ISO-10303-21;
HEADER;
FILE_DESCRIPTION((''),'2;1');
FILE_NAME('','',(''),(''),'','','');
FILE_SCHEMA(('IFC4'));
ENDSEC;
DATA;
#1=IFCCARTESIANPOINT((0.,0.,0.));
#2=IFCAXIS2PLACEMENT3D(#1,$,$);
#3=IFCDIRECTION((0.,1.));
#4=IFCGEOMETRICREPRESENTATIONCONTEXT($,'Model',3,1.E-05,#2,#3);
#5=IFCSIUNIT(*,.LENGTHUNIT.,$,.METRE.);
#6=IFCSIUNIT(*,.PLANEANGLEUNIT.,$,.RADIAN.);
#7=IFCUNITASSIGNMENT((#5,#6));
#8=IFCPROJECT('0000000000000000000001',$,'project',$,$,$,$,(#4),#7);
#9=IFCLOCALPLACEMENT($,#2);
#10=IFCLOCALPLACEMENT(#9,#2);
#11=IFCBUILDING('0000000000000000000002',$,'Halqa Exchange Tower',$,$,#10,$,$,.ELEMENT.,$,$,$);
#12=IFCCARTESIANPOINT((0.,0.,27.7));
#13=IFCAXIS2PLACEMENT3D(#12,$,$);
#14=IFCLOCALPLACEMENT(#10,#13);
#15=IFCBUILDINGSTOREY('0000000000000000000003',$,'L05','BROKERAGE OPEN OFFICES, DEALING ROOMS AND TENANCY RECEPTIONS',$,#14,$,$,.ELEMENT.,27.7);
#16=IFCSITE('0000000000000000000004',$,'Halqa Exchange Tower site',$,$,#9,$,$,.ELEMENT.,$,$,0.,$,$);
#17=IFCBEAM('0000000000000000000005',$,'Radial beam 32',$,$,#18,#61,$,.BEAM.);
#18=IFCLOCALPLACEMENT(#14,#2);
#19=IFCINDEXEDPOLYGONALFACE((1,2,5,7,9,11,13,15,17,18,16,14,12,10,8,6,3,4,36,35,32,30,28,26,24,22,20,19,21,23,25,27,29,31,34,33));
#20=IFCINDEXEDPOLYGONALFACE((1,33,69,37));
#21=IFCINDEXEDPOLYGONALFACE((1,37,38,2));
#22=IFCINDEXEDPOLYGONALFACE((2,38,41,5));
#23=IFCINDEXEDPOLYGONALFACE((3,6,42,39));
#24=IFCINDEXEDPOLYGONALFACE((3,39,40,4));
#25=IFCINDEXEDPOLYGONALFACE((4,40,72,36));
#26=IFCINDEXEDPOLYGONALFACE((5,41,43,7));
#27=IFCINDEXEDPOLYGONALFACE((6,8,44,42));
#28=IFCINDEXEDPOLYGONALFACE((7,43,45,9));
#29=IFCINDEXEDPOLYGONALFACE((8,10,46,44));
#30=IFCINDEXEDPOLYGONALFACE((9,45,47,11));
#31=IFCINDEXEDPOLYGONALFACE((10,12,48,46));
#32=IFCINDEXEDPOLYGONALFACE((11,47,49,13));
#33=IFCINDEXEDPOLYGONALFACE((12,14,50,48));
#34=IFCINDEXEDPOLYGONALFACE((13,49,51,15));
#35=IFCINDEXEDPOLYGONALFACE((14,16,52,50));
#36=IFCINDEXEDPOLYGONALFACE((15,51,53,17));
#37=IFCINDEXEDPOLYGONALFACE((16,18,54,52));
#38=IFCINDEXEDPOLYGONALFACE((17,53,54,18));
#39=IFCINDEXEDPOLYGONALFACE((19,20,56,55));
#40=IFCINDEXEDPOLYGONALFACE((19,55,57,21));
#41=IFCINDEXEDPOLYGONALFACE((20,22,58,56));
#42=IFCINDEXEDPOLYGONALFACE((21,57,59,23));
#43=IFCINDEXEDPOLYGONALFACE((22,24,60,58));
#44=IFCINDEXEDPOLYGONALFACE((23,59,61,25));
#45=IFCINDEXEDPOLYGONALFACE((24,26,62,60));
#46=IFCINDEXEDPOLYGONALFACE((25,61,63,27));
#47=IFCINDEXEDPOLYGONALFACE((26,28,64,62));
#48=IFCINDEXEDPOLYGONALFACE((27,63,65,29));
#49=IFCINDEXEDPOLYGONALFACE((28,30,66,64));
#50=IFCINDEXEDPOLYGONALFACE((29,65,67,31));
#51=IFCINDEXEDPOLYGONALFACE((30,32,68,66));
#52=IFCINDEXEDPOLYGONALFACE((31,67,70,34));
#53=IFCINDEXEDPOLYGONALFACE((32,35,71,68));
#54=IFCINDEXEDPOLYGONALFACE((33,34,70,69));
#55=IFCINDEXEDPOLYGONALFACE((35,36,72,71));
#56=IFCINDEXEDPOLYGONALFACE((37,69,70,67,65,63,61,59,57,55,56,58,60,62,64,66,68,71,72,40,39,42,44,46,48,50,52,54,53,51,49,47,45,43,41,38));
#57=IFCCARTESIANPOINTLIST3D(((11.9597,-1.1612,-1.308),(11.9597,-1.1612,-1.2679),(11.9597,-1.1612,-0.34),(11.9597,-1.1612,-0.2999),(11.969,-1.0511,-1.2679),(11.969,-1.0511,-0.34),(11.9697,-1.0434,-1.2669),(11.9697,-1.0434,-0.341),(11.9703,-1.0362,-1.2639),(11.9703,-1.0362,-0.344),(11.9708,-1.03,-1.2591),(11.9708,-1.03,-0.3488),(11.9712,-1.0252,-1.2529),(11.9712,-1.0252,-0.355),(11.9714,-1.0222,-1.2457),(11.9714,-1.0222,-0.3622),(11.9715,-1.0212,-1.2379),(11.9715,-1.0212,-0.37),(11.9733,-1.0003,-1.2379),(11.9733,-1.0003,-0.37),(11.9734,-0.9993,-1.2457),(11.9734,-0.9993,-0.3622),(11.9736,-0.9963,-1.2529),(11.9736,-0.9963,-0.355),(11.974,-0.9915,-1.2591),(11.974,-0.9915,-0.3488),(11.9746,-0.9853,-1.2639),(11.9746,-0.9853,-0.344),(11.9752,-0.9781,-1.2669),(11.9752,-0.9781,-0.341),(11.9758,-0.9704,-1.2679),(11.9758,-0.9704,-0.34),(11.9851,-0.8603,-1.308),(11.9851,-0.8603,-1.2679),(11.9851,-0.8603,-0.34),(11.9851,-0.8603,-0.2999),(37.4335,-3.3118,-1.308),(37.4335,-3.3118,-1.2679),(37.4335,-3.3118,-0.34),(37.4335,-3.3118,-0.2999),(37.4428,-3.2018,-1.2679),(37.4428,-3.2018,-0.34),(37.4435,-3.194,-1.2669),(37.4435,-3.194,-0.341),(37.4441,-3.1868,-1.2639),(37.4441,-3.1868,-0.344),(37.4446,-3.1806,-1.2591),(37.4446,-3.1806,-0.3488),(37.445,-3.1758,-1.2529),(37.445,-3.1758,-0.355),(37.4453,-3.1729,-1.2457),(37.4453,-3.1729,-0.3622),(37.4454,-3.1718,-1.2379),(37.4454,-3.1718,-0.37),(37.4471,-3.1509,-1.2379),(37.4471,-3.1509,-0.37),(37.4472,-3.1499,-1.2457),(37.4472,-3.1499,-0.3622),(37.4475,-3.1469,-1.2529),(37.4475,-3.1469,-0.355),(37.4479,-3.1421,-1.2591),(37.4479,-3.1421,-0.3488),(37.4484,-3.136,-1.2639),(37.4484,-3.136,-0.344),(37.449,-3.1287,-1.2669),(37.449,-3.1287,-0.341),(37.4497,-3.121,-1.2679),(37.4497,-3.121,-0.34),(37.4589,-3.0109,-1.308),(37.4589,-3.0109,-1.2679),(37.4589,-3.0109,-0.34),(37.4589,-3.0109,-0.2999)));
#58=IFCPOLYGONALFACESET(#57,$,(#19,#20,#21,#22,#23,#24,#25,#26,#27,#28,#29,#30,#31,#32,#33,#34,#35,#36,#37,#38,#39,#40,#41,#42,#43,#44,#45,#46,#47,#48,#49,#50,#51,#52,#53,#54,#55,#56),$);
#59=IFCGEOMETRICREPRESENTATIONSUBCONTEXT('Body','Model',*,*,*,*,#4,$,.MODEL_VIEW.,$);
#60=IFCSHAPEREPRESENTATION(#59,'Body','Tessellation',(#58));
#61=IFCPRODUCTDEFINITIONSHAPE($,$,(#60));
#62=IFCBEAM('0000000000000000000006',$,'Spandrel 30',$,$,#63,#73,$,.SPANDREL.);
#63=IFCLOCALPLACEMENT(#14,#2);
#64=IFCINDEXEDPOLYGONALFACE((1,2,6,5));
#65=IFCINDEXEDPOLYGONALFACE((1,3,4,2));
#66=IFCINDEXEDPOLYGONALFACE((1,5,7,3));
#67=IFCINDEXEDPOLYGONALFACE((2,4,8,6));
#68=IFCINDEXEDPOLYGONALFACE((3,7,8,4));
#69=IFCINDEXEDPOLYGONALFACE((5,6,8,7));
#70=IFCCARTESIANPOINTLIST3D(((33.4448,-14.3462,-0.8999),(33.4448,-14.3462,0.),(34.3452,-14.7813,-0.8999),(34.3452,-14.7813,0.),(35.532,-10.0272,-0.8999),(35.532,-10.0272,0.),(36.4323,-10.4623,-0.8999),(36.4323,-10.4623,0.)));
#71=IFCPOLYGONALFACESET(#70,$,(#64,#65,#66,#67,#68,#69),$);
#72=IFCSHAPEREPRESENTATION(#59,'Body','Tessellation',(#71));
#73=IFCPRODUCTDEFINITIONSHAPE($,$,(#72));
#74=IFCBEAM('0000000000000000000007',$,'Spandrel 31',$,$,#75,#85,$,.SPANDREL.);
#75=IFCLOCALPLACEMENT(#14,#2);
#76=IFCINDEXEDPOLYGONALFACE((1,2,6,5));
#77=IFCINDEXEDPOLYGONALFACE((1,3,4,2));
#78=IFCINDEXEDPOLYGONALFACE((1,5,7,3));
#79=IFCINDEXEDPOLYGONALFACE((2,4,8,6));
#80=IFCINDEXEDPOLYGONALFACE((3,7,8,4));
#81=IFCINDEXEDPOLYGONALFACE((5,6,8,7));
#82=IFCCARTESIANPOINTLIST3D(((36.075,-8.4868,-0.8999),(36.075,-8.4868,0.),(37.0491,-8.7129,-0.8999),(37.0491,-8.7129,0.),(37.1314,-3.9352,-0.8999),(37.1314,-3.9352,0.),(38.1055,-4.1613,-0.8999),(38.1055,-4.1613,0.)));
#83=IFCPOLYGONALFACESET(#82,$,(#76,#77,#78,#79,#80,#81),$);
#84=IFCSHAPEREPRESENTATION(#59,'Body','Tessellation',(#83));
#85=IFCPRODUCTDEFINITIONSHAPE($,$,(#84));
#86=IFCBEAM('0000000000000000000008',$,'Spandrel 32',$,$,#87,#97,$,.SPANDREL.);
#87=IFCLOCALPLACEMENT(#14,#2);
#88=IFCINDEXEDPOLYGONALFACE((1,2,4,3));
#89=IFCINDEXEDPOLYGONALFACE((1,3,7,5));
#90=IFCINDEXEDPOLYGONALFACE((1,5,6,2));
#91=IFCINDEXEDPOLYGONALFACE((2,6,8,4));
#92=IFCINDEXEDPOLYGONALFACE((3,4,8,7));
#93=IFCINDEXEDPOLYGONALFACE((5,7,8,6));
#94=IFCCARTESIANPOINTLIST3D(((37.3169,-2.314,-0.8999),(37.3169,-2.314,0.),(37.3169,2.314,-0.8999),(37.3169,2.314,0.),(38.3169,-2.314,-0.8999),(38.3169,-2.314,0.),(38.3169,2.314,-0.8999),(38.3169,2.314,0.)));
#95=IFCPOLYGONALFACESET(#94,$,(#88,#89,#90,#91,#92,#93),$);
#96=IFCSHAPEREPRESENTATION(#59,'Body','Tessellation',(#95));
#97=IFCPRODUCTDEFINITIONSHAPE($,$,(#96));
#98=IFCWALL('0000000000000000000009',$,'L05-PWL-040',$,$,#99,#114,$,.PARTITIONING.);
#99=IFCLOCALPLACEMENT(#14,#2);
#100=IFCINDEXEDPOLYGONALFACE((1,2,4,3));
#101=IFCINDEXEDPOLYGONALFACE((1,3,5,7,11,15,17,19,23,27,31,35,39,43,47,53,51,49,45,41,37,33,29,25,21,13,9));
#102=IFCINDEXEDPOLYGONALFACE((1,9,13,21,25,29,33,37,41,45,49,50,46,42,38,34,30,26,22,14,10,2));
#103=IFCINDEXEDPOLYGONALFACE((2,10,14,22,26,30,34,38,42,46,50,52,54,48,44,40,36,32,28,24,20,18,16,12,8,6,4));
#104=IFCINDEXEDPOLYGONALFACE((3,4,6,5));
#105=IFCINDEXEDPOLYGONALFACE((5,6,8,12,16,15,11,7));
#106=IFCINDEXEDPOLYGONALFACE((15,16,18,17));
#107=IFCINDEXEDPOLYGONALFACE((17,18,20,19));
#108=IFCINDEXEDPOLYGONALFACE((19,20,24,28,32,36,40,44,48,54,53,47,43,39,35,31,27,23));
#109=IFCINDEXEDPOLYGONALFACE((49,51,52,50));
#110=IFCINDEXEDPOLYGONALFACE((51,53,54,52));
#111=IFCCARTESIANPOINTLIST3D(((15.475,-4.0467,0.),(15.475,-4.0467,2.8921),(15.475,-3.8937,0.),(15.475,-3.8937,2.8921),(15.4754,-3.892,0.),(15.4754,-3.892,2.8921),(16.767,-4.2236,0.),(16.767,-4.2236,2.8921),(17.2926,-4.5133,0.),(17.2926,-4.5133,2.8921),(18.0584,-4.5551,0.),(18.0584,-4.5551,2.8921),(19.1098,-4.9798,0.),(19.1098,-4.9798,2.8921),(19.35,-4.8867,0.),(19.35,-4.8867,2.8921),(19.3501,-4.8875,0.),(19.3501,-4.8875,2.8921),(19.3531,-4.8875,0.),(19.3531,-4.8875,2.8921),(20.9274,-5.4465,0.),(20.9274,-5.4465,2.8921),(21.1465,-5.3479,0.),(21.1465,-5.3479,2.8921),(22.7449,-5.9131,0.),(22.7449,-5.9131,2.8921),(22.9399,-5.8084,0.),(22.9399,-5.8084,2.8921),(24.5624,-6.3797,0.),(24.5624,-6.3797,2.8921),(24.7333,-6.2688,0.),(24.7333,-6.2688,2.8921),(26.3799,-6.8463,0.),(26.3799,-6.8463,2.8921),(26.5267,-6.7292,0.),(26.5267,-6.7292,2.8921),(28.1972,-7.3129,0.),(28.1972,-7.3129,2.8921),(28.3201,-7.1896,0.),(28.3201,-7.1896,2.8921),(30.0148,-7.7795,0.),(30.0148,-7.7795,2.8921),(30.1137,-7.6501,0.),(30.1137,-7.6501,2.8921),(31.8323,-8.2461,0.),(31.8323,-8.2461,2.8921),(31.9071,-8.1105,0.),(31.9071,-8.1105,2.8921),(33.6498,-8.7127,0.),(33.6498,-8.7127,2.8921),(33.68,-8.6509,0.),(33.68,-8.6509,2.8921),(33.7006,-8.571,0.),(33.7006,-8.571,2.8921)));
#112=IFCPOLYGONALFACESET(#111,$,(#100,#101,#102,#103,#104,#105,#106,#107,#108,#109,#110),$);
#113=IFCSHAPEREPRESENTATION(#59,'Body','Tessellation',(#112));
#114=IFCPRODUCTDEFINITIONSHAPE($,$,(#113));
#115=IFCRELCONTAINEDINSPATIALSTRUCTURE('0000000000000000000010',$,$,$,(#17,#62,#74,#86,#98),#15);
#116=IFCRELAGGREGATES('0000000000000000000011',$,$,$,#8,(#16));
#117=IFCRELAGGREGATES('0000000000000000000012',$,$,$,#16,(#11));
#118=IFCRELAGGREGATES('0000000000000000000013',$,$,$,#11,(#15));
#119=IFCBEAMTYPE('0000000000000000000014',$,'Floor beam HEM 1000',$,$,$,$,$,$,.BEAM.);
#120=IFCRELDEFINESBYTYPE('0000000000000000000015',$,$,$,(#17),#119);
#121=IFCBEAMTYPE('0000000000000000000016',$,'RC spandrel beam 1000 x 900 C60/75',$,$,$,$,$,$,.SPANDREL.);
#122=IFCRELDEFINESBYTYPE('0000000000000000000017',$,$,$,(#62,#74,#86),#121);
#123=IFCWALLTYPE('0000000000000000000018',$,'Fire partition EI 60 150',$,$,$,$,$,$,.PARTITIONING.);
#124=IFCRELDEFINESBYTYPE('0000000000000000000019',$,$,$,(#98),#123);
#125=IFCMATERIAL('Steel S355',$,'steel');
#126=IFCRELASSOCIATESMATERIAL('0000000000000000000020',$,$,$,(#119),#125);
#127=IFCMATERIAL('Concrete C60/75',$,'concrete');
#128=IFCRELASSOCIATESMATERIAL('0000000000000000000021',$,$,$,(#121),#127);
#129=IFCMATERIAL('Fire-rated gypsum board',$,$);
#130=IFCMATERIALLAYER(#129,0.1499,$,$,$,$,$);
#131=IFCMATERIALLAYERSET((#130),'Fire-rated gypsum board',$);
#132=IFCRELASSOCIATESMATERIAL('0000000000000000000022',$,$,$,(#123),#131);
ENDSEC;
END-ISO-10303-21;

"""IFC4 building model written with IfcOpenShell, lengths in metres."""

from ifc_helpers import new_model, si_unit, direction, frame, origin, origin_2d, place, context, subcontext, project, spatial, polyline, rectangle, i_section, outline, extrude, material, layer, layer_set, material_profile, profile_set, type_object, element, save


model = new_model("IFC4")

# Units and contexts
model_context = context("Model", 3, precision=1e-05, world=origin(), true_north=direction((0.0, 1.0)))
body_context = subcontext(model_context, "Body", "Model", "MODEL_VIEW")
ifc_project = project(units=[si_unit("LENGTHUNIT", "METRE"), si_unit("PLANEANGLEUNIT", "RADIAN")], contexts=[model_context])

# Site, building, storey
site_placement = place(None, origin())
site = spatial("IfcSite", under=ifc_project, at=site_placement, Name="Halqa Exchange Tower site", CompositionType="ELEMENT", RefElevation=0.0)
building_placement = place(site_placement, origin())
building = spatial("IfcBuilding", under=site, at=building_placement, Name="Halqa Exchange Tower", CompositionType="ELEMENT")
storey_placement = place(building_placement, frame((0.0, 0.0, 27.7)))
storey = spatial("IfcBuildingStorey", under=building, at=storey_placement, Name="L05", Description="BROKERAGE OPEN OFFICES, DEALING ROOMS AND TENANCY RECEPTIONS", CompositionType="ELEMENT", Elevation=27.7)

# Beams
ifc_material_1 = material(Name="Steel S355", Category="steel")
ifc_material_profile_1 = material_profile(ifc_material_1, i_section(OverallWidth=0.302, OverallDepth=1.0081, WebThickness=0.021, FlangeThickness=0.04, FilletRadius=0.03, at=origin_2d()), Name="HEM 1000")
ifc_profile_set_1 = profile_set([ifc_material_profile_1], Name="Steel S355")
beam_type_1 = type_object("IfcBeamType", Name="Floor beam HEM 1000", PredefinedType="BEAM", material=ifc_profile_set_1)
beam_1_placement = place(storey_placement, frame((11.9724, -1.0107, -0.804), z_axis=(0.996455, -0.084126, 0.0), x_axis=(0.084126, 0.996455, 0.0)))
element("IfcBeam", 1, at=beam_1_placement, inside=storey, type_object=beam_type_1, Name="Radial beam 32", PredefinedType="BEAM", context=body_context, shape_type="SweptSolid", body=[
    extrude(i_section(OverallWidth=0.302, OverallDepth=1.0081, WebThickness=0.021, FlangeThickness=0.04, FilletRadius=0.03, at=origin_2d()), origin(), (0.0, 0.0, 1.0), 25.5645),
])
ifc_material_2 = material(Name="Concrete C60/75", Category="concrete")
ifc_material_profile_2 = material_profile(ifc_material_2, rectangle(XDim=1.0, YDim=0.8999, at=origin_2d()), Name="1000 x 900")
ifc_profile_set_2 = profile_set([ifc_material_profile_2], Name="Concrete C60/75")
beam_type_2 = type_object("IfcBeamType", Name="RC spandrel beam 1000 x 900 C60/75", PredefinedType="SPANDREL", material=ifc_profile_set_2)
beam_2_placement = place(storey_placement, frame((33.895, -14.5637, -0.45), z_axis=(0.435101, 0.900382, 0.0), x_axis=(-0.900382, 0.435101, 0.0)))
element("IfcBeam", 2, at=beam_2_placement, inside=storey, type_object=beam_type_2, Name="Spandrel 30", PredefinedType="SPANDREL", context=body_context, shape_type="SweptSolid", body=[
    extrude(rectangle(XDim=1.0, YDim=0.8999, at=origin_2d()), origin(), (0.0, 0.0, 1.0), 4.7969),
])
beam_3_placement = place(storey_placement, frame((36.562, -8.5999, -0.45), z_axis=(0.226088, 0.974107, 0.0), x_axis=(-0.974107, 0.226088, 0.0)))
element("IfcBeam", 3, at=beam_3_placement, inside=storey, type_object=beam_type_2, Name="Spandrel 31", PredefinedType="SPANDREL", context=body_context, shape_type="SweptSolid", body=[
    extrude(rectangle(XDim=1.0, YDim=0.8999, at=origin_2d()), origin(), (0.0, 0.0, 1.0), 4.6726),
])
beam_4_placement = place(storey_placement, frame((37.8169, -2.314, -0.45), z_axis=(0.0, 1.0, 0.0), x_axis=(-1.0, 0.0, 0.0)))
element("IfcBeam", 4, at=beam_4_placement, inside=storey, type_object=beam_type_2, Name="Spandrel 32", PredefinedType="SPANDREL", context=body_context, shape_type="SweptSolid", body=[
    extrude(rectangle(XDim=1.0, YDim=0.8999, at=origin_2d()), origin(), (0.0, 0.0, 1.0), 4.6279),
])

# Wall
ifc_material_3 = material(Name="Fire-rated gypsum board")
ifc_layer_1 = layer(ifc_material_3, 0.1499)
ifc_layer_set_1 = layer_set([ifc_layer_1], Name="Fire-rated gypsum board")
wall_type_1 = type_object("IfcWallType", Name="Fire partition EI 60 150", PredefinedType="PARTITIONING", material=ifc_layer_set_1)
wall_1_placement = place(storey_placement, frame((15.4568, -3.9646, 0.0), z_axis=(0.0, 0.0, 1.0), x_axis=(0.968589, -0.248667, 0.0)))
element("IfcWall", 5, at=wall_1_placement, inside=storey, type_object=wall_type_1, Name="L05-PWL-040", PredefinedType="PARTITIONING", context=body_context, shape_type="SweptSolid", body=[
    extrude(outline(polyline([(0.0381, -0.075), (1.9146, -0.075), (3.7908, -0.075), (5.6672, -0.075), (7.5437, -0.075), (9.4202, -0.075), (11.2966, -0.075), (13.1729, -0.075), (15.0493, -0.075), (16.9258, -0.075), (18.8022, -0.075), (18.8162, -0.0076), (18.8162, 0.075), (16.9646, 0.075), (15.113, 0.075), (13.2612, 0.075), (11.4097, 0.075), (9.5581, 0.075), (7.7065, 0.075), (5.855, 0.075), (4.0034, 0.075), (4.0005, 0.0742), (4.0002, 0.075), (2.6667, 0.075), (1.3335, 0.075), (0.0, 0.075), (0.0, 0.0732), (0.0381, -0.075)])), origin(), (0.0, 0.0, 1.0), 2.8921),
])

save(model, "model.ifc")
